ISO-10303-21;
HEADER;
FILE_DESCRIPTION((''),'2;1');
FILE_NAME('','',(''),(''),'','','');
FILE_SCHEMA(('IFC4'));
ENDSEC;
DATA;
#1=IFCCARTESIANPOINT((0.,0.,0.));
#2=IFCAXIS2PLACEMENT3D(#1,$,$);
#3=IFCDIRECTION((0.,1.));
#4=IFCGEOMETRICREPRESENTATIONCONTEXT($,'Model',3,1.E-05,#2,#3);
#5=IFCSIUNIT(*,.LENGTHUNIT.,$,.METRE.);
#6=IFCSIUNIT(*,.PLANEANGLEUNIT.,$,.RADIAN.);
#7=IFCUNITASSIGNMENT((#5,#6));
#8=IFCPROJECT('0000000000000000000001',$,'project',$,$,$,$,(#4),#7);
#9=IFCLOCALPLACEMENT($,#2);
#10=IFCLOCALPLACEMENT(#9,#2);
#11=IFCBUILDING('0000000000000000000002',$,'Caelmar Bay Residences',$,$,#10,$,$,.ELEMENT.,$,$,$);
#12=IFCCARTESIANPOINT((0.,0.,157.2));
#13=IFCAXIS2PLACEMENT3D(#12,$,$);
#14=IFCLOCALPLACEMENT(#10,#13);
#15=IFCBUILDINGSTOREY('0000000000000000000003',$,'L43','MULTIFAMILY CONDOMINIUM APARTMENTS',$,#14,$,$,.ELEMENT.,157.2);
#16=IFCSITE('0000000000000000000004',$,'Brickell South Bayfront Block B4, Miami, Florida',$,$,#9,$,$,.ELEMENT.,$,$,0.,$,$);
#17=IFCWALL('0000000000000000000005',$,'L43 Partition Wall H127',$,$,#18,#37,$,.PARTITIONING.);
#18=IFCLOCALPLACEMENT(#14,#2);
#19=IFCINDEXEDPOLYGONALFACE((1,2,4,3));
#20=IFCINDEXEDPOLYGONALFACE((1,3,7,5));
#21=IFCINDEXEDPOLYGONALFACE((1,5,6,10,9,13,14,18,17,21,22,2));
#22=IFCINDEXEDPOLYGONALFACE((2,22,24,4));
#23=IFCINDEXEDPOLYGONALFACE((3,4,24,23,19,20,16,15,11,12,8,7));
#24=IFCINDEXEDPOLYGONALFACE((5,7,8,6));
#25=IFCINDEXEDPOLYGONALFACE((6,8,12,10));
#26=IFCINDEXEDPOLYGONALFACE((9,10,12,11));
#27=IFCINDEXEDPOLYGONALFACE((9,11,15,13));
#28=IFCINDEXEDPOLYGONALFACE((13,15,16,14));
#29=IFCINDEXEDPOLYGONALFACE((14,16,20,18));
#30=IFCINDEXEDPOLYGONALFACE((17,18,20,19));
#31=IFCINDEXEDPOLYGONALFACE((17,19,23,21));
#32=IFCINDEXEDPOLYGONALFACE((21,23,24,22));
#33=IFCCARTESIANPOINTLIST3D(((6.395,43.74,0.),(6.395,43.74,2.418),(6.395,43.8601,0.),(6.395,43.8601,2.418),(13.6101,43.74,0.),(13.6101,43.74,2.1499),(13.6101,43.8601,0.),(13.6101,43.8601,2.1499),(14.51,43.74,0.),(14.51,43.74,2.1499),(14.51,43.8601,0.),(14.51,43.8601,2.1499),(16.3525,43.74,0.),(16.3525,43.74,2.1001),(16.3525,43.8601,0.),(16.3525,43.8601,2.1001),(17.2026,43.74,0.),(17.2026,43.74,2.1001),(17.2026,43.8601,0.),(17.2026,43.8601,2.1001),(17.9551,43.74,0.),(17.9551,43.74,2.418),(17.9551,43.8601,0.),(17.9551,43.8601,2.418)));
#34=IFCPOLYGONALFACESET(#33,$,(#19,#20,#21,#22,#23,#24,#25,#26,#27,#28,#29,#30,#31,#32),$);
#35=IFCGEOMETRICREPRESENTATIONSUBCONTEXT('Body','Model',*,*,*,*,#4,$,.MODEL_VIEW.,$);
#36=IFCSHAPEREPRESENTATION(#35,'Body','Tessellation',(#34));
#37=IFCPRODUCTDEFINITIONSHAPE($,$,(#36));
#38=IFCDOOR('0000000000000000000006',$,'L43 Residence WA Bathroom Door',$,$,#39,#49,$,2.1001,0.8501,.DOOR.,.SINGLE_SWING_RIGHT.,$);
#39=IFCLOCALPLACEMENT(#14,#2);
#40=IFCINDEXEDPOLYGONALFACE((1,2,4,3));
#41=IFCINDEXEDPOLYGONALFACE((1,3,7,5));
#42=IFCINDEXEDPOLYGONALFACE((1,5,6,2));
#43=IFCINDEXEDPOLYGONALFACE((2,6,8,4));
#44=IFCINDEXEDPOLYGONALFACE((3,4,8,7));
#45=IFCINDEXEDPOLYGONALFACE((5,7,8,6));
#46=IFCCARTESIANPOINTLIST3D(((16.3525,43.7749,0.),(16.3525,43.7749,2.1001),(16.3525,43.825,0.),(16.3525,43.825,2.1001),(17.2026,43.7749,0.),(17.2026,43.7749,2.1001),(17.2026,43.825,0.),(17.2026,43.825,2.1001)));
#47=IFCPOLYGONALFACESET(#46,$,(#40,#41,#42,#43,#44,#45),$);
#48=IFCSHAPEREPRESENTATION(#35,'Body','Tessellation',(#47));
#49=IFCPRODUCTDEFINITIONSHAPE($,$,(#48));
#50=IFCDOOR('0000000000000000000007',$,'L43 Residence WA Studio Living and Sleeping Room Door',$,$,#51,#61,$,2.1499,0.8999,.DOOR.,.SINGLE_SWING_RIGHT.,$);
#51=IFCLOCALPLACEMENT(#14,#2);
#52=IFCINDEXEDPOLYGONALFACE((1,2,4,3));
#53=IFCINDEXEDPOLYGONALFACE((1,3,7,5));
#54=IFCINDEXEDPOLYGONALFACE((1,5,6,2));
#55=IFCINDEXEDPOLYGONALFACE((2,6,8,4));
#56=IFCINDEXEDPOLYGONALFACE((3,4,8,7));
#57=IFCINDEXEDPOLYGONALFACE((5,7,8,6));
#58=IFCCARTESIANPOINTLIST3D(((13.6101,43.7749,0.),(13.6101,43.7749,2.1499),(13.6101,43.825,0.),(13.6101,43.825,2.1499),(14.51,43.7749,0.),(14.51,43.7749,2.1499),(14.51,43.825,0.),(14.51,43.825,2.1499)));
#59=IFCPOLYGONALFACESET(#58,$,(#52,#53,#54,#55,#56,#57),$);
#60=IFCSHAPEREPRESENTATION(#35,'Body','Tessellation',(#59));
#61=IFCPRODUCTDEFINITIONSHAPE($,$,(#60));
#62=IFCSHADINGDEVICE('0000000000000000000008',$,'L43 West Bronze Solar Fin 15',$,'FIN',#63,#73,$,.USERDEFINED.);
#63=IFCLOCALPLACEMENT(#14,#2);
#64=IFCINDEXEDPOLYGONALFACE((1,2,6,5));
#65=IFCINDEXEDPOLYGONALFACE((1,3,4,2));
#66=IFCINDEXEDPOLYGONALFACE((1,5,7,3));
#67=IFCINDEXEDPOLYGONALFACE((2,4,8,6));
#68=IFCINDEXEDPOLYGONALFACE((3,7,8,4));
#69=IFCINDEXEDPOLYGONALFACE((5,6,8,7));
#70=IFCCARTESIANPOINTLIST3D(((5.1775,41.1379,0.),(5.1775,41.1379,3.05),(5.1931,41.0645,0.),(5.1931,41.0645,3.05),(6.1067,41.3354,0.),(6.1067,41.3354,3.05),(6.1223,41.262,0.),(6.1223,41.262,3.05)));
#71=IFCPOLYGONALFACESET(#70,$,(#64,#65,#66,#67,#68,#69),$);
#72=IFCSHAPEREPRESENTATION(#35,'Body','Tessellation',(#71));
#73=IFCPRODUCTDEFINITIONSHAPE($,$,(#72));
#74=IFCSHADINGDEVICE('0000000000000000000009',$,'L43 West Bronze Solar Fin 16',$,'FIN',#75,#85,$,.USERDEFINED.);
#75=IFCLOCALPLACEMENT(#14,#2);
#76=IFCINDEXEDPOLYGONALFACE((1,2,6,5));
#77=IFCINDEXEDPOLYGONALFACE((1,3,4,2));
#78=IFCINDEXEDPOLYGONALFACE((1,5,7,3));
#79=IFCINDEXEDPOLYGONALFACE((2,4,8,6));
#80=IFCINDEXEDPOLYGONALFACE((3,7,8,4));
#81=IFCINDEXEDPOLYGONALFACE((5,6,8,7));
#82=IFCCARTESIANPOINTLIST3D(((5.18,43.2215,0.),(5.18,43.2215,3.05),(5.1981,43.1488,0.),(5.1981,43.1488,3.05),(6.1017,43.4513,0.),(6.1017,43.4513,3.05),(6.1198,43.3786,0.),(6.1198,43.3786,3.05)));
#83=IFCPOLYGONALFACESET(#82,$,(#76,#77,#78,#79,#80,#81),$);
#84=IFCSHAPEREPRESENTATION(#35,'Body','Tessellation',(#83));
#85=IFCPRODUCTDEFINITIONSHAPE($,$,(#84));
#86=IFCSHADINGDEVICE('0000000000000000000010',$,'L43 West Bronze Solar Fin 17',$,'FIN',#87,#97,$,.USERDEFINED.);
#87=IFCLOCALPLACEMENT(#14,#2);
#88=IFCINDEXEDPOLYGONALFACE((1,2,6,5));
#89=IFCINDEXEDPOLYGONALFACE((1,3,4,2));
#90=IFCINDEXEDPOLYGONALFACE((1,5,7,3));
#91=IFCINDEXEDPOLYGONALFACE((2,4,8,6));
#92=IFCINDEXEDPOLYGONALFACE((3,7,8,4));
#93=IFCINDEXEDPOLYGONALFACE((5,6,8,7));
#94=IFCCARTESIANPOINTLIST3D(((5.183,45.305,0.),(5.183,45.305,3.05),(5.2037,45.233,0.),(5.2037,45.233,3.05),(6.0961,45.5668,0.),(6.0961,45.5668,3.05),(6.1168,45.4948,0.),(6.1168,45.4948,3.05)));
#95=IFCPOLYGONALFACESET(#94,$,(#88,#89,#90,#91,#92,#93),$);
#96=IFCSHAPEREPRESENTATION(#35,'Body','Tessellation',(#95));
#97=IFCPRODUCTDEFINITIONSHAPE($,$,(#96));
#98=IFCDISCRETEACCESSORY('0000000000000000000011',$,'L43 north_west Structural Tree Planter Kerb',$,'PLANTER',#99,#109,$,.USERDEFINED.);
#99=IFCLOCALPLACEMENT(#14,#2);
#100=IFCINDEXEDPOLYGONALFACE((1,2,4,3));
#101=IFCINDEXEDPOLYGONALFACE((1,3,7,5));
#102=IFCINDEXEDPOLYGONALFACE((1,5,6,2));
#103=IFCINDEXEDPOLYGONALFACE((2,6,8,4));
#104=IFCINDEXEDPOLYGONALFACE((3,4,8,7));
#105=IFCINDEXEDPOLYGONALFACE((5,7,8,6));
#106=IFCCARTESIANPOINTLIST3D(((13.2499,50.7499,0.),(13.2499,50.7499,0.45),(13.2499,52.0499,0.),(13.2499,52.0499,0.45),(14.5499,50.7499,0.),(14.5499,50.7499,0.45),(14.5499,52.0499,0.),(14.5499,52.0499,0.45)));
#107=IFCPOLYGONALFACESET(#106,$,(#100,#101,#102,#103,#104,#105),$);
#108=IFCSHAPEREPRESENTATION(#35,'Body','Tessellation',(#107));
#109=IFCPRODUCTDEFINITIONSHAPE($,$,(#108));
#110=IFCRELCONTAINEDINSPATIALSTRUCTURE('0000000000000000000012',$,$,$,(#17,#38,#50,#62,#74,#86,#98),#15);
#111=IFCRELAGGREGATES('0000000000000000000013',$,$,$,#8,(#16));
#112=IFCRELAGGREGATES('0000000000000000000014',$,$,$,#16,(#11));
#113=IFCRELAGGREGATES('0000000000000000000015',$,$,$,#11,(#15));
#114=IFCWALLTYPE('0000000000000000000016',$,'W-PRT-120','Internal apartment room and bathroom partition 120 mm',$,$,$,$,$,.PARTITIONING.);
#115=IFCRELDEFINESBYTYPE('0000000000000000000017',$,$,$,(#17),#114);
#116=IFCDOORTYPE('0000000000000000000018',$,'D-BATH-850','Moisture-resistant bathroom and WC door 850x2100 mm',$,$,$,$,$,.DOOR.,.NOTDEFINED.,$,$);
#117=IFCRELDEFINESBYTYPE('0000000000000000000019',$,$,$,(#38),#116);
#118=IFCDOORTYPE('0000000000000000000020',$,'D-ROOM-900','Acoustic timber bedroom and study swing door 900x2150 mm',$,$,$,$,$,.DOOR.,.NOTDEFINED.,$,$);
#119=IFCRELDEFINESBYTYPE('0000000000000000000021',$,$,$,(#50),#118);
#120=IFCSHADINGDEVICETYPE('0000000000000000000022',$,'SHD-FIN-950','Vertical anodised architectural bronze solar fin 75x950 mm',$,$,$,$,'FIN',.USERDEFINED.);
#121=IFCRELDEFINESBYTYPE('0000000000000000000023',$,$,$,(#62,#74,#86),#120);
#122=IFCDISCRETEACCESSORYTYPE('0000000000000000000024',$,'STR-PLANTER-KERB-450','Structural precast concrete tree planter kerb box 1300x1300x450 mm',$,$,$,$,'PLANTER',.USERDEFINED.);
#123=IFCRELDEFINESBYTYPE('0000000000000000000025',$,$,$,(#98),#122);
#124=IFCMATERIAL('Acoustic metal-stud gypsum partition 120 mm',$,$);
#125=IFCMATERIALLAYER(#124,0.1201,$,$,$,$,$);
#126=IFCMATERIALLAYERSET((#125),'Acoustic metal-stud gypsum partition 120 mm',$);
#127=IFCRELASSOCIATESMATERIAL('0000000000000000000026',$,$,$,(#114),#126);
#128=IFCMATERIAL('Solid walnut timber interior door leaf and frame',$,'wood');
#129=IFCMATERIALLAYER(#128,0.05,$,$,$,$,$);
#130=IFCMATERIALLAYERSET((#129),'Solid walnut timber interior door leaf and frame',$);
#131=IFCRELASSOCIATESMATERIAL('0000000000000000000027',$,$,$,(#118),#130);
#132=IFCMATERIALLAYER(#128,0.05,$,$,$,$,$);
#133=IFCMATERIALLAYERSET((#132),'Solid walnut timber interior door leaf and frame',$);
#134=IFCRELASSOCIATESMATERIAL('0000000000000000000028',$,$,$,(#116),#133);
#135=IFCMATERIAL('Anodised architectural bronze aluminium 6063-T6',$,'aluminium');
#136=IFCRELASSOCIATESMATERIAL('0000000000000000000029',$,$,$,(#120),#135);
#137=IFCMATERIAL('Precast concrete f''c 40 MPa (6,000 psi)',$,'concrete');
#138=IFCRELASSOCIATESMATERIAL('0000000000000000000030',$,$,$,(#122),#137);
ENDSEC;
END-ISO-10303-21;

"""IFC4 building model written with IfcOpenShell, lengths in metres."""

from ifc_helpers import new_model, si_unit, direction, frame, frame_2d, origin, origin_2d, place, context, subcontext, project, spatial, rectangle, extrude, material, layer, layer_set, material_profile, profile_set, type_object, element, fill, save


model = new_model("IFC4")

# Units and contexts
model_context = context("Model", 3, precision=1e-05, world=origin(), true_north=direction((0.0, 1.0)))
body_context = subcontext(model_context, "Body", "Model", "MODEL_VIEW")
ifc_project = project(units=[si_unit("LENGTHUNIT", "METRE"), si_unit("PLANEANGLEUNIT", "RADIAN")], contexts=[model_context])

# Site, building, storey
site_placement = place(None, origin())
site = spatial("IfcSite", under=ifc_project, at=site_placement, Name="Brickell South Bayfront Block B4, Miami, Florida", CompositionType="ELEMENT", RefElevation=0.0)
building_placement = place(site_placement, origin())
building = spatial("IfcBuilding", under=site, at=building_placement, Name="Caelmar Bay Residences", CompositionType="ELEMENT")
storey_placement = place(building_placement, frame((0.0, 0.0, 157.2)))
storey = spatial("IfcBuildingStorey", under=building, at=storey_placement, Name="L43", Description="MULTIFAMILY CONDOMINIUM APARTMENTS", CompositionType="ELEMENT", Elevation=157.2)

# Shared definitions
ifc_material_1 = material(Name="Precast concrete f'c 40 MPa (6,000 psi)", Category="concrete")

# Shared definitions
ifc_material_2 = material(Name="Acoustic metal-stud gypsum partition 120 mm")
ifc_layer_1 = layer(ifc_material_2, 0.1201)
ifc_layer_set_1 = layer_set([ifc_layer_1], Name="Acoustic metal-stud gypsum partition 120 mm")
wall_type_1 = type_object("IfcWallType", Name="W-PRT-120", Description="Internal apartment room and bathroom partition 120 mm", PredefinedType="PARTITIONING", material=ifc_layer_set_1)
ifc_material_3 = material(Name="Solid walnut timber interior door leaf and frame", Category="wood")
ifc_layer_2 = layer(ifc_material_3, 0.05)
ifc_layer_set_2 = layer_set([ifc_layer_2], Name="Solid walnut timber interior door leaf and frame")
door_type_1 = type_object("IfcDoorType", Name="D-ROOM-900", Description="Acoustic timber bedroom and study swing door 900x2150 mm", OperationType="NOTDEFINED", PredefinedType="DOOR", material=ifc_layer_set_2)

# Wall, openings, doors
wall_1_placement = place(storey_placement, frame((6.395, 43.8, 0.0), z_axis=(0.0, 0.0, 1.0), x_axis=(1.0, 0.0, 0.0)))
wall_1 = element("IfcWall", 1, at=wall_1_placement, inside=storey, type_object=wall_type_1, Name="L43 Partition Wall H127", PredefinedType="PARTITIONING", context=body_context, shape_type="SweptSolid", body=[
    extrude(rectangle(XDim=11.5601, YDim=0.1201, at=frame_2d((5.78, 0.0))), origin(), (0.0, 0.0, 1.0), 2.418),
])
opening_1_placement = place(wall_1_placement, frame((7.2151, 0.0, 0.0)))
opening_1 = element("IfcOpeningElement", 2, at=opening_1_placement, cuts=wall_1, PredefinedType="OPENING", context=body_context, shape_type="SweptSolid", body=[
    extrude(rectangle(XDim=0.8999, YDim=2.1499, at=frame_2d((0.45, 1.075))), frame((0.0, 0.0701, 0.0), z_axis=(0.0, -1.0, 0.0), x_axis=(1.0, 0.0, 0.0)), (0.0, 0.0, 1.0), 0.1401),
])
opening_2_placement = place(wall_1_placement, frame((9.9575, 0.0, 0.0)))
opening_2 = element("IfcOpeningElement", 3, at=opening_2_placement, cuts=wall_1, PredefinedType="OPENING", context=body_context, shape_type="SweptSolid", body=[
    extrude(rectangle(XDim=0.8501, YDim=2.1001, at=frame_2d((0.425, 1.05))), frame((0.0, 0.0701, 0.0), z_axis=(0.0, -1.0, 0.0), x_axis=(1.0, 0.0, 0.0)), (0.0, 0.0, 1.0), 0.1401),
])
ifc_layer_3 = layer(ifc_material_3, 0.05)
ifc_layer_set_3 = layer_set([ifc_layer_3], Name="Solid walnut timber interior door leaf and frame")
door_type_2 = type_object("IfcDoorType", Name="D-BATH-850", Description="Moisture-resistant bathroom and WC door 850x2100 mm", OperationType="NOTDEFINED", PredefinedType="DOOR", material=ifc_layer_set_3)
door_1_placement = place(opening_2_placement, origin())
door_1 = element("IfcDoor", 4, at=door_1_placement, inside=storey, type_object=door_type_2, Name="L43 Residence WA Bathroom Door", OperationType="SINGLE_SWING_RIGHT", OverallHeight=2.1001, OverallWidth=0.8501, PredefinedType="DOOR", context=body_context, shape_type="SweptSolid", body=[
    extrude(rectangle(XDim=0.8501, YDim=2.1001, at=frame_2d((0.425, 1.05))), frame((0.0, 0.0249, 0.0), z_axis=(0.0, -1.0, 0.0), x_axis=(1.0, 0.0, 0.0)), (0.0, 0.0, 1.0), 0.05),
])
fill(opening_2, door_1)
door_2_placement = place(opening_1_placement, origin())
door_2 = element("IfcDoor", 5, at=door_2_placement, inside=storey, type_object=door_type_1, Name="L43 Residence WA Studio Living and Sleeping Room Door", OperationType="SINGLE_SWING_RIGHT", OverallHeight=2.1499, OverallWidth=0.8999, PredefinedType="DOOR", context=body_context, shape_type="SweptSolid", body=[
    extrude(rectangle(XDim=0.8999, YDim=2.1499, at=frame_2d((0.45, 1.075))), frame((0.0, 0.0249, 0.0), z_axis=(0.0, -1.0, 0.0), x_axis=(1.0, 0.0, 0.0)), (0.0, 0.0, 1.0), 0.05),
])
fill(opening_1, door_2)

# Shading devices
ifc_material_4 = material(Name="Anodised architectural bronze aluminium 6063-T6", Category="aluminium")
ifc_material_profile_1 = material_profile(ifc_material_4, rectangle(XDim=0.075, YDim=0.95, at=origin_2d()), Name="BRONZE-FIN-75X950")
ifc_profile_set_1 = profile_set([ifc_material_profile_1], Name="Anodised architectural bronze aluminium 6063-T6")
shading_device_type = type_object("IfcShadingDeviceType", Name="SHD-FIN-950", Description="Vertical anodised architectural bronze solar fin 75x950 mm", ElementType="FIN", PredefinedType="USERDEFINED", material=ifc_profile_set_1)
for number, where, z_axis, x_axis, name in (
    (6, (5.6499, 41.2, 0.0), (0.0, 0.0, 1.0), (-0.207912, 0.978148, 0.0), "L43 West Bronze Solar Fin 15"),
    (7, (5.6499, 43.3, 0.0), (0.0, 0.0, 1.0), (-0.241922, 0.970296, 0.0), "L43 West Bronze Solar Fin 16"),
    (8, (5.6499, 45.3999, 0.0), (0.0, 0.0, 1.0), (-0.275637, 0.961262, 0.0), "L43 West Bronze Solar Fin 17"),
):
    element("IfcShadingDevice", number, at=place(storey_placement, frame(where, z_axis=z_axis, x_axis=x_axis)), inside=storey, type_object=shading_device_type, Name=name, ObjectType="FIN", PredefinedType="USERDEFINED", context=body_context, shape_type="SweptSolid", body=[
        extrude(rectangle(XDim=0.075, YDim=0.95, at=origin_2d()), origin(), (0.0, 0.0, 1.0), 3.05),
    ])

# Discrete accessory
discrete_accessory_type = type_object("IfcDiscreteAccessoryType", Name="STR-PLANTER-KERB-450", Description="Structural precast concrete tree planter kerb box 1300x1300x450 mm", ElementType="PLANTER", PredefinedType="USERDEFINED", material=ifc_material_1)
discrete_accessory_placement = place(storey_placement, frame((13.8999, 51.3999, 0.0), z_axis=(0.0, 0.0, 1.0), x_axis=(1.0, 0.0, 0.0)))
element("IfcDiscreteAccessory", 9, at=discrete_accessory_placement, inside=storey, type_object=discrete_accessory_type, Name="L43 north_west Structural Tree Planter Kerb", ObjectType="PLANTER", PredefinedType="USERDEFINED", context=body_context, shape_type="SweptSolid", body=[
    extrude(rectangle(XDim=1.3, YDim=1.3, at=origin_2d()), origin(), (0.0, 0.0, 1.0), 0.45),
])

save(model, "model.ifc")
